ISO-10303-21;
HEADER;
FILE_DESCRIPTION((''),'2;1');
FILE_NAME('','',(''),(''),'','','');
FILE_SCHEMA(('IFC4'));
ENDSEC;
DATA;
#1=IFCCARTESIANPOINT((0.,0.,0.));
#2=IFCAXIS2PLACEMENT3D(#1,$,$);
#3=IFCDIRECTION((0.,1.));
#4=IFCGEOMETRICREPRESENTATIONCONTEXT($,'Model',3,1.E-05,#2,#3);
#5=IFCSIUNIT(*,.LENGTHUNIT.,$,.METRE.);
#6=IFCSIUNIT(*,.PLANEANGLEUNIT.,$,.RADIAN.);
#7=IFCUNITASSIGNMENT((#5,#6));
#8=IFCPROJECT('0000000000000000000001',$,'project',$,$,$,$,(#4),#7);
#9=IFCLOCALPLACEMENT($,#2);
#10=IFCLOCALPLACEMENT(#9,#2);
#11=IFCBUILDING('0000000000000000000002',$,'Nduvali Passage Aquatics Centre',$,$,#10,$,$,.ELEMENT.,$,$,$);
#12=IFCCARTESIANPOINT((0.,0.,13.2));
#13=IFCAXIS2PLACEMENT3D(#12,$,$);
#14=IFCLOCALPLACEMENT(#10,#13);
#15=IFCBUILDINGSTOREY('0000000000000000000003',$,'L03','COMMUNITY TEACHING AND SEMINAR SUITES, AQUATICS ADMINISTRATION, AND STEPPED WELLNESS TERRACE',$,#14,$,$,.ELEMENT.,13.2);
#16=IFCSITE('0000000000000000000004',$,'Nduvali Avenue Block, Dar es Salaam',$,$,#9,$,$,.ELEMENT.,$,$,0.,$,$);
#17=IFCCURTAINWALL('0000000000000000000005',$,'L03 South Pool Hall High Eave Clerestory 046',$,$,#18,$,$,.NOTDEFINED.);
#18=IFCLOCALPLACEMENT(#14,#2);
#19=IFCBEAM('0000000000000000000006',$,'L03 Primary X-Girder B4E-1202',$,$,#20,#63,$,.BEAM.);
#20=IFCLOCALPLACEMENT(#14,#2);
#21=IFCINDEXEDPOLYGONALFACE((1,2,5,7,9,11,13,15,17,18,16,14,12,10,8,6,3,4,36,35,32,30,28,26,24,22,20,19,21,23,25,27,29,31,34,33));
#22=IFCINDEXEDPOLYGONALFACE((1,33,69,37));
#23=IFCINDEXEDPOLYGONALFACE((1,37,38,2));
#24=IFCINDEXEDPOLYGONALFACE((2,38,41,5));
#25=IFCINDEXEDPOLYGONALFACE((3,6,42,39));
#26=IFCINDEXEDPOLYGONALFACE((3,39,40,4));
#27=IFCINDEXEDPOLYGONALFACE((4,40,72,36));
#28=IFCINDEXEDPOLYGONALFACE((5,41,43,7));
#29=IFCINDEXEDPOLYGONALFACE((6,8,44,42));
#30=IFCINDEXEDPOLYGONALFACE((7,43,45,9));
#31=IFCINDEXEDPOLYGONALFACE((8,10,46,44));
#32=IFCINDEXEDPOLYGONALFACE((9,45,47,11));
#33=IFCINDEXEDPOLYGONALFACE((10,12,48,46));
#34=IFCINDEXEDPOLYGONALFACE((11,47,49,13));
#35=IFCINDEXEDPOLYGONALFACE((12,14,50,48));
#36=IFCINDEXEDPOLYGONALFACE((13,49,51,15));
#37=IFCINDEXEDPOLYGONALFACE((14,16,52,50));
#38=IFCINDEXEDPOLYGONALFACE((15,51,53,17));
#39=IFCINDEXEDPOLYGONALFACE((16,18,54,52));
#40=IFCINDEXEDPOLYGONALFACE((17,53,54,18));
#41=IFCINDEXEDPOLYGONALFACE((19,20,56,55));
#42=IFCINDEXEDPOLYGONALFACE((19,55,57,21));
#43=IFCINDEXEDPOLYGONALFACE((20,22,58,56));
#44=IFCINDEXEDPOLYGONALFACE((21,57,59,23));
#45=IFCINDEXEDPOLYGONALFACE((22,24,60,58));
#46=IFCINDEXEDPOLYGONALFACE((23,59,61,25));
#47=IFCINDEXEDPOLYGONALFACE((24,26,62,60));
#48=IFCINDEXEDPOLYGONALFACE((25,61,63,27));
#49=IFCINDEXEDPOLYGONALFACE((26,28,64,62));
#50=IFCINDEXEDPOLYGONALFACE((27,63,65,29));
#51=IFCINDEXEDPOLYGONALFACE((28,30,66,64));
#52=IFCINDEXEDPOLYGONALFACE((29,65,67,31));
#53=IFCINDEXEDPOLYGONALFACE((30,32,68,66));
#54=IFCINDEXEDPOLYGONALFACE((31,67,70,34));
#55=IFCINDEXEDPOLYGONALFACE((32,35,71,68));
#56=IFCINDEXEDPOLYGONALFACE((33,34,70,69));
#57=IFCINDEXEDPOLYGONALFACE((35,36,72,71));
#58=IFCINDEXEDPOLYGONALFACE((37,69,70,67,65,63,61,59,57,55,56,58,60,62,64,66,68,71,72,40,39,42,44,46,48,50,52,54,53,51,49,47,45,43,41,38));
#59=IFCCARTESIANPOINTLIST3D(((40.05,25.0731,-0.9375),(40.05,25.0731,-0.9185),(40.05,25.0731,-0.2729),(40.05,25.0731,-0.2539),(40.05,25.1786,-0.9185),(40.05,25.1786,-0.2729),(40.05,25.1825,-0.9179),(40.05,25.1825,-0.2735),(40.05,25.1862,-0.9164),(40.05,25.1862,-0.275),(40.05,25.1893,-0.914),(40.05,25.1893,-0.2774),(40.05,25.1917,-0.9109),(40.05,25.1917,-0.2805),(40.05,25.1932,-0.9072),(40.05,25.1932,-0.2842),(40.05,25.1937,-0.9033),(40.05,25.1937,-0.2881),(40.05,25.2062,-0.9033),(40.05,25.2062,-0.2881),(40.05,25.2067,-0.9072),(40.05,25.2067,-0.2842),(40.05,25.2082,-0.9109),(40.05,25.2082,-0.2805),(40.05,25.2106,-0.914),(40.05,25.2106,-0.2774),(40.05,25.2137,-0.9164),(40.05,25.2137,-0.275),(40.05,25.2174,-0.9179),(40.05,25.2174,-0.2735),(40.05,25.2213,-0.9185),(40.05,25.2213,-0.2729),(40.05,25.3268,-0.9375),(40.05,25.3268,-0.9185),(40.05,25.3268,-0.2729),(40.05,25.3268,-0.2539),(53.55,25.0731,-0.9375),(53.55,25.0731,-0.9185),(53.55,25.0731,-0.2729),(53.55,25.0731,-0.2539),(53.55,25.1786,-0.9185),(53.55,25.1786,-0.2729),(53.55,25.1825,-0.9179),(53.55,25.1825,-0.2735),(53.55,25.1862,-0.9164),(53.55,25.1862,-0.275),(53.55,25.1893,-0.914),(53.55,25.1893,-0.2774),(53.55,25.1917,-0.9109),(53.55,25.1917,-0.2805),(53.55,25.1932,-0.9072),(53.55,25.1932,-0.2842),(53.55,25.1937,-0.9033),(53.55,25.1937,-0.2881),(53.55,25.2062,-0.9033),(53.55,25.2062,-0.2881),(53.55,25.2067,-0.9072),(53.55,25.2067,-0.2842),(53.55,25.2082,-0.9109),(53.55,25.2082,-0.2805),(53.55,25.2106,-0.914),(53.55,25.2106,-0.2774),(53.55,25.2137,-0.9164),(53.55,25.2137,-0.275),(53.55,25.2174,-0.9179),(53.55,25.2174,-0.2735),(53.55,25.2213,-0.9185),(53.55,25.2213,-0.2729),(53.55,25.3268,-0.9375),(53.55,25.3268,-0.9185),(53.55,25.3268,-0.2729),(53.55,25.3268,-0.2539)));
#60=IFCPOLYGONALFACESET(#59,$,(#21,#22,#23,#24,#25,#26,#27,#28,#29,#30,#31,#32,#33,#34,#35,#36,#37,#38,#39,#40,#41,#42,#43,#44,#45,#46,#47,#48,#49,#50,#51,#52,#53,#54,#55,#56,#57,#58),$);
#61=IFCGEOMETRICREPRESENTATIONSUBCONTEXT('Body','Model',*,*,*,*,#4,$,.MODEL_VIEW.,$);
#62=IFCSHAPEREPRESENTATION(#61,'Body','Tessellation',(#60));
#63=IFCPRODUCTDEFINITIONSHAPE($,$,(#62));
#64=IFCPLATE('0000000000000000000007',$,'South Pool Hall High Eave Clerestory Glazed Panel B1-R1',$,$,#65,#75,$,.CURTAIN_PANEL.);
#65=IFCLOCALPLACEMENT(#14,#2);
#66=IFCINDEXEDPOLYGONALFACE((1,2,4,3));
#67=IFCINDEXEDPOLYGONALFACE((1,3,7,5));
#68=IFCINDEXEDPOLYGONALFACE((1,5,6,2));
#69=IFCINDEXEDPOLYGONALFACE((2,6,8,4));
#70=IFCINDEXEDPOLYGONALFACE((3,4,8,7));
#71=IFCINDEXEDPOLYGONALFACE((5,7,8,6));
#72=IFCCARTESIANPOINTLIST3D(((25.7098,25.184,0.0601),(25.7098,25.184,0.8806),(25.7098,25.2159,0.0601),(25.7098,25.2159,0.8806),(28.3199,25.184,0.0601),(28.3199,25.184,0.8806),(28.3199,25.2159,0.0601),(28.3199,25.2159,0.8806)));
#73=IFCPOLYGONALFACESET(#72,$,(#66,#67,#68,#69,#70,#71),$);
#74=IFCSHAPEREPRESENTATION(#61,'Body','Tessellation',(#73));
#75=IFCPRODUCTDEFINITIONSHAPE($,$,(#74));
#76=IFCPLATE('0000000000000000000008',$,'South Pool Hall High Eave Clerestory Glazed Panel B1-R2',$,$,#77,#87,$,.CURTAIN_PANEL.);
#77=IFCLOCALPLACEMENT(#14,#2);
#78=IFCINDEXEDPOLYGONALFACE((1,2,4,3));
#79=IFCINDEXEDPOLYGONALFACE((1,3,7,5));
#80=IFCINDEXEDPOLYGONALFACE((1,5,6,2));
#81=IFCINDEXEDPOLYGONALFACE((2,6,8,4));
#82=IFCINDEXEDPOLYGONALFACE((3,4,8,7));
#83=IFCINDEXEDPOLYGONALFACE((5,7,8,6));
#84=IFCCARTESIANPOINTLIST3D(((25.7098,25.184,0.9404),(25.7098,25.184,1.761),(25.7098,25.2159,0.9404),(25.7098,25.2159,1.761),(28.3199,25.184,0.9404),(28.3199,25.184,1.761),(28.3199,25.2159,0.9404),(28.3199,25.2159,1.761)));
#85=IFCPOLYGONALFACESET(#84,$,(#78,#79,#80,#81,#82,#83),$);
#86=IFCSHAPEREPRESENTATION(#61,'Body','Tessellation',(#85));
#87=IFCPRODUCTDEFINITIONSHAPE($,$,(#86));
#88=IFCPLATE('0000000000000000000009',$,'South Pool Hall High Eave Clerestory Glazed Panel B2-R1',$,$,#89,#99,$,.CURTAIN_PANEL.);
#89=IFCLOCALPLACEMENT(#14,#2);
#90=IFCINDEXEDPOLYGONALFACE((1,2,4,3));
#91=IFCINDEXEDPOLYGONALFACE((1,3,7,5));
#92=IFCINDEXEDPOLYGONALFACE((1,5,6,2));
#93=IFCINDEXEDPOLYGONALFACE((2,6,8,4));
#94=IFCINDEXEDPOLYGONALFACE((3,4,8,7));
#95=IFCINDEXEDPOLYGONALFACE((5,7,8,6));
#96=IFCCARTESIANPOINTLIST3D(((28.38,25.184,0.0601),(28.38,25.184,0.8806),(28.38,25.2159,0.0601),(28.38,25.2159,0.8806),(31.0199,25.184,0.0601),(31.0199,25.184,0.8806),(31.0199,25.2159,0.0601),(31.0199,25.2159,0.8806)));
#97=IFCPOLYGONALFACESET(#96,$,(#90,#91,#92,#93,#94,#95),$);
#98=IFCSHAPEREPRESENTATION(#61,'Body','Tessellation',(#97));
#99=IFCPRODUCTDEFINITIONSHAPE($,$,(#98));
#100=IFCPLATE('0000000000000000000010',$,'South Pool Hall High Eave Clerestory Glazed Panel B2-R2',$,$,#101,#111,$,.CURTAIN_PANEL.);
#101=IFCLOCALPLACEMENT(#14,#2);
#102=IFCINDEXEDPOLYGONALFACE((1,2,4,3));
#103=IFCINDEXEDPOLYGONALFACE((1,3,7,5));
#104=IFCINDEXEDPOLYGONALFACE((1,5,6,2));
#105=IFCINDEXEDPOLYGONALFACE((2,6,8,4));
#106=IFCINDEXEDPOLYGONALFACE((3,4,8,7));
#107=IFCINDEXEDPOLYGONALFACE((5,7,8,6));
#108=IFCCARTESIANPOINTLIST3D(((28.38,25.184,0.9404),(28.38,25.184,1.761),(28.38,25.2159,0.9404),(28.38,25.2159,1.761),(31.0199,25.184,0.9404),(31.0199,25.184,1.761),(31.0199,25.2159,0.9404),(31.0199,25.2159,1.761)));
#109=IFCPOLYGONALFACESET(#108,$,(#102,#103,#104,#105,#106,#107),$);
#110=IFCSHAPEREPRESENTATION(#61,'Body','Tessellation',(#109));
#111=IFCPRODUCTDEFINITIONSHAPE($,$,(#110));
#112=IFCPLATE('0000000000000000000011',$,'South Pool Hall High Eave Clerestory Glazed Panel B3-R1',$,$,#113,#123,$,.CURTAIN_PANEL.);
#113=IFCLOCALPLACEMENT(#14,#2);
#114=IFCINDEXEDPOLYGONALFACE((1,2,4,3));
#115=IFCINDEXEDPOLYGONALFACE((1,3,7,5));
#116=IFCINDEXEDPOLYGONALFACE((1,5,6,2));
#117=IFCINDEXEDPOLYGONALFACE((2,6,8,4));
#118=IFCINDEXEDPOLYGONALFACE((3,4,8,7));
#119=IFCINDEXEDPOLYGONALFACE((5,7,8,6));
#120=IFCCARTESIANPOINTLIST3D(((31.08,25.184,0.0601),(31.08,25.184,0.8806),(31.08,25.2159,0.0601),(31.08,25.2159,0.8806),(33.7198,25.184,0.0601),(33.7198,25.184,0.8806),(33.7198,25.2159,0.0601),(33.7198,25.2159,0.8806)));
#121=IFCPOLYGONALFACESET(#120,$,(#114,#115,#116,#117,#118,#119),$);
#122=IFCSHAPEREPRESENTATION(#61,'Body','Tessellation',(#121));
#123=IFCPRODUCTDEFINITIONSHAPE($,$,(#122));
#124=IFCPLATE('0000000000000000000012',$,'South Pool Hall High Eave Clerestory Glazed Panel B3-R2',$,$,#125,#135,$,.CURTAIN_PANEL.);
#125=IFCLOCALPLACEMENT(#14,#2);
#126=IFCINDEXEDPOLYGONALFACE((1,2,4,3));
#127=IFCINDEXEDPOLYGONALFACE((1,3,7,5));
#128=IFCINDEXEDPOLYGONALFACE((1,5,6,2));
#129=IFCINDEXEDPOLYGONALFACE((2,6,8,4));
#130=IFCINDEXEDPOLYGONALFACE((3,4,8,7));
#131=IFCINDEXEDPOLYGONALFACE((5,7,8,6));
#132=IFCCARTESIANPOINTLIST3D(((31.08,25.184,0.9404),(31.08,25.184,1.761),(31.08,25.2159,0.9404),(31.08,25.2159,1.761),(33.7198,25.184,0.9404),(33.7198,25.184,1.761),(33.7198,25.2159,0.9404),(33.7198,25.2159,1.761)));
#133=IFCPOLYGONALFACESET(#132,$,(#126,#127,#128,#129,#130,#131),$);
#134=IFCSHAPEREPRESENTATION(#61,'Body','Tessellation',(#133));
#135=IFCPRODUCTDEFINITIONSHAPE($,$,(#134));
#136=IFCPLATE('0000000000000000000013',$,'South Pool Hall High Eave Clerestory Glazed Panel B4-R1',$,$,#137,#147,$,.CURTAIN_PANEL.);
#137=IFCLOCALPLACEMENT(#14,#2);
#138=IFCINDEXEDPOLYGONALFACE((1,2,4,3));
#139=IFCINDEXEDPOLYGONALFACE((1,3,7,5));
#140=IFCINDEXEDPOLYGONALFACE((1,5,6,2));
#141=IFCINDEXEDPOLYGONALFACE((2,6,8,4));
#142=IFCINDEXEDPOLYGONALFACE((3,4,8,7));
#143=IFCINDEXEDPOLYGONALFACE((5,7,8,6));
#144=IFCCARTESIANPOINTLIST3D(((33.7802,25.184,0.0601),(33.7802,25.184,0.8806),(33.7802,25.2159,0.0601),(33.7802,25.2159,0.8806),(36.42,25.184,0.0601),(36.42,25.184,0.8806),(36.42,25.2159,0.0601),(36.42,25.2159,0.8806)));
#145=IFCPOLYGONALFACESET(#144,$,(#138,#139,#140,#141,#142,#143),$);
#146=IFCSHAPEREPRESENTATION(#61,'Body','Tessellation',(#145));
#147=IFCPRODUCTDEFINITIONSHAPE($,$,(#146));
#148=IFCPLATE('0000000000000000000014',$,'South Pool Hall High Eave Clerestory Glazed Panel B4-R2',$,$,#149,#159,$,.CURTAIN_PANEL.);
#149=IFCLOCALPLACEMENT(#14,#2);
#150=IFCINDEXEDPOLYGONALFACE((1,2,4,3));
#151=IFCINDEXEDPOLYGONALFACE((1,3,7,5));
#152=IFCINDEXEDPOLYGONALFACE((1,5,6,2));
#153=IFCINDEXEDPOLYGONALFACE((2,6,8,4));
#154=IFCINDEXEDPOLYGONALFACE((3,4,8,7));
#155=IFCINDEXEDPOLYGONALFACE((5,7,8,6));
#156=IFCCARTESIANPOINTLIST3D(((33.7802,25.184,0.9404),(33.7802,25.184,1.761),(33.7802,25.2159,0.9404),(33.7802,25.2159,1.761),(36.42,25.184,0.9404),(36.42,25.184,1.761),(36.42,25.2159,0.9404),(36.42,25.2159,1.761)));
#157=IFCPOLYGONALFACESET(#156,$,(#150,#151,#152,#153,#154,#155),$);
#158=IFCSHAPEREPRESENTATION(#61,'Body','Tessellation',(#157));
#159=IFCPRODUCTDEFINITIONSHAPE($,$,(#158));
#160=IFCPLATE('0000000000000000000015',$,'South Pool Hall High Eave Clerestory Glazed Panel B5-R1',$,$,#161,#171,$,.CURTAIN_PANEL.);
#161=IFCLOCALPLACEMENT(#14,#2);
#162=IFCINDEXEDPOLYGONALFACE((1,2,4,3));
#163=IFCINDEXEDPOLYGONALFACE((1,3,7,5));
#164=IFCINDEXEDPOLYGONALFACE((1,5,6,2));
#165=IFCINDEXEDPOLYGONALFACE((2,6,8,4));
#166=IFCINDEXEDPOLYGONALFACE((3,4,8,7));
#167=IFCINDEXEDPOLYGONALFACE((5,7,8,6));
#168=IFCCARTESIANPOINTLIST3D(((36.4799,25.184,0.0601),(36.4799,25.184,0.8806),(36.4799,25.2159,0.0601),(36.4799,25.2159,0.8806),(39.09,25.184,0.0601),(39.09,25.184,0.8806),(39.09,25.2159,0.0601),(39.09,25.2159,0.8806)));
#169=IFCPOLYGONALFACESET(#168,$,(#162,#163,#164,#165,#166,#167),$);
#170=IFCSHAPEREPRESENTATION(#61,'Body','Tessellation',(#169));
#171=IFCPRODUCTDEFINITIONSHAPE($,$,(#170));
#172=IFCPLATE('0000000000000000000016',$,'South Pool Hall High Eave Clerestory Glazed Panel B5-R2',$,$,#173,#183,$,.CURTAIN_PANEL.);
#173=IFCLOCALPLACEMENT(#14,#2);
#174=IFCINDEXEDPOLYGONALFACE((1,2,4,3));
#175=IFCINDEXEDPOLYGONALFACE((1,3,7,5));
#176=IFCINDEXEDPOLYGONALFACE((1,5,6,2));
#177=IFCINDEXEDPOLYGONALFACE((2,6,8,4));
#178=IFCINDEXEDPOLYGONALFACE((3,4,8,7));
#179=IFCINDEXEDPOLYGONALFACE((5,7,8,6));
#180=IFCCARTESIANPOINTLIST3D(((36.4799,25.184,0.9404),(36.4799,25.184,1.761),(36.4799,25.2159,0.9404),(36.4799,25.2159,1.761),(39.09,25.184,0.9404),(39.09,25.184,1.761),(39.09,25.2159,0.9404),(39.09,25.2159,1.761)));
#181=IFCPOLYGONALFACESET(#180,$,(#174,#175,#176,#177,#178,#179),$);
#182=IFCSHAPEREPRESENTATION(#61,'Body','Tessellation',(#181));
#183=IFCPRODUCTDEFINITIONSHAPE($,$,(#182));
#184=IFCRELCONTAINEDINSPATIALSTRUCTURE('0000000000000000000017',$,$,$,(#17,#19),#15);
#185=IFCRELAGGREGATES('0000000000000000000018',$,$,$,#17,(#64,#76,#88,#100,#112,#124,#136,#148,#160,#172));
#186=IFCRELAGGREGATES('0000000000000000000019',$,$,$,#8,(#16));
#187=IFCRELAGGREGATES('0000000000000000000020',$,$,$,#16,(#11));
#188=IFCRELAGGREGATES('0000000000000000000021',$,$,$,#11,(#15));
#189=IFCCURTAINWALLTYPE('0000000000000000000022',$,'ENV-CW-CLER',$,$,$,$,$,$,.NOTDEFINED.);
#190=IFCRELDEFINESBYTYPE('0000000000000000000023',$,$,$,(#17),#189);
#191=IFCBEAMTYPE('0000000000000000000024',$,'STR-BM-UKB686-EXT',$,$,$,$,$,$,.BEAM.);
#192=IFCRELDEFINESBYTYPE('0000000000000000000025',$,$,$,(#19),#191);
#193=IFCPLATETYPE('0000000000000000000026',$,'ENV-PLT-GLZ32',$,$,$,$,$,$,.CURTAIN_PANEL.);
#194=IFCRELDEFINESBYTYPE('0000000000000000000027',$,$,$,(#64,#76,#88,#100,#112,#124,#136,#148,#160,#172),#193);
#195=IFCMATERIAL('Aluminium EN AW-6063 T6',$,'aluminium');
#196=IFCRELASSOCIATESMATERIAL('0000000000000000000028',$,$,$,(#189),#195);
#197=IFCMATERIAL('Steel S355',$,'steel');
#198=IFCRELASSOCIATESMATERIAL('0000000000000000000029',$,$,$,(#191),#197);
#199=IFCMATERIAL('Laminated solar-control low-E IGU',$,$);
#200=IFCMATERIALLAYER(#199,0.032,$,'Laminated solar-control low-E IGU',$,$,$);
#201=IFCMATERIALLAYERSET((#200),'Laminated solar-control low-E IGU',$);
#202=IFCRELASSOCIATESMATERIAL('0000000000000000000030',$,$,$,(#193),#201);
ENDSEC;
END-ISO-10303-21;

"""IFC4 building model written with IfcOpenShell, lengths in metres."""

from ifc_helpers import new_model, si_unit, direction, frame, origin, origin_2d, place, context, subcontext, project, spatial, rectangle, i_section, extrude, material, layer, layer_set, material_profile, profile_set, type_object, element, aggregate, save


model = new_model("IFC4")

# Units and contexts
model_context = context("Model", 3, precision=1e-05, world=origin(), true_north=direction((0.0, 1.0)))
body_context = subcontext(model_context, "Body", "Model", "MODEL_VIEW")
ifc_project = project(units=[si_unit("LENGTHUNIT", "METRE"), si_unit("PLANEANGLEUNIT", "RADIAN")], contexts=[model_context])

# Site, building, storey
site_placement = place(None, origin())
site = spatial("IfcSite", under=ifc_project, at=site_placement, Name="Nduvali Avenue Block, Dar es Salaam", CompositionType="ELEMENT", RefElevation=0.0)
building_placement = place(site_placement, origin())
building = spatial("IfcBuilding", under=site, at=building_placement, Name="Nduvali Passage Aquatics Centre", CompositionType="ELEMENT")
storey_placement = place(building_placement, frame((0.0, 0.0, 13.2)))
storey = spatial("IfcBuildingStorey", under=building, at=storey_placement, Name="L03", Description="COMMUNITY TEACHING AND SEMINAR SUITES, AQUATICS ADMINISTRATION, AND STEPPED WELLNESS TERRACE", CompositionType="ELEMENT", Elevation=13.2)

# Curtain wall
ifc_material_1 = material(Name="Aluminium EN AW-6063 T6", Category="aluminium")
curtain_wall_type = type_object("IfcCurtainWallType", Name="ENV-CW-CLER", PredefinedType="NOTDEFINED", material=ifc_material_1)
curtain_wall_placement = place(storey_placement, origin())
curtain_wall = element("IfcCurtainWall", 1, at=curtain_wall_placement, inside=storey, type_object=curtain_wall_type, Name="L03 South Pool Hall High Eave Clerestory 046", PredefinedType="NOTDEFINED")

# Beam
ifc_material_2 = material(Name="Steel S355", Category="steel")
ifc_material_profile_1 = material_profile(ifc_material_2, i_section(OverallWidth=0.2537, OverallDepth=0.6836, WebThickness=0.0125, FlangeThickness=0.019, FilletRadius=0.0151, at=origin_2d()), Name="UKB 686x254x140")
ifc_profile_set_1 = profile_set([ifc_material_profile_1], Name="Steel S355")
beam_type = type_object("IfcBeamType", Name="STR-BM-UKB686-EXT", PredefinedType="BEAM", material=ifc_profile_set_1)
beam_placement = place(storey_placement, frame((40.05, 25.2, -0.5957), z_axis=(1.0, 0.0, 0.0), x_axis=(0.0, 1.0, 0.0)))
element("IfcBeam", 2, at=beam_placement, inside=storey, type_object=beam_type, Name="L03 Primary X-Girder B4E-1202", PredefinedType="BEAM", context=body_context, shape_type="SweptSolid", body=[
    extrude(i_section(OverallWidth=0.2537, OverallDepth=0.6836, WebThickness=0.0125, FlangeThickness=0.019, FilletRadius=0.0151, at=origin_2d()), origin(), (0.0, 0.0, 1.0), 13.5),
])

# Plates
ifc_material_3 = material(Name="Laminated solar-control low-E IGU")
ifc_layer = layer(ifc_material_3, 0.032, Name="Laminated solar-control low-E IGU")
ifc_layer_set = layer_set([ifc_layer], Name="Laminated solar-control low-E IGU")
plate_type = type_object("IfcPlateType", Name="ENV-PLT-GLZ32", PredefinedType="CURTAIN_PANEL", material=ifc_layer_set)
plate_1_placement = place(storey_placement, frame((27.0149, 25.2, 0.0601), z_axis=(0.0, 0.0, 1.0), x_axis=(1.0, 0.0, 0.0)))
plate_1 = element("IfcPlate", 3, at=plate_1_placement, type_object=plate_type, Name="South Pool Hall High Eave Clerestory Glazed Panel B1-R1", PredefinedType="CURTAIN_PANEL", context=body_context, shape_type="SweptSolid", body=[
    extrude(rectangle(XDim=2.6101, YDim=0.032, at=origin_2d()), origin(), (0.0, 0.0, 1.0), 0.8206),
])
plate_2_placement = place(storey_placement, frame((27.0149, 25.2, 0.9404), z_axis=(0.0, 0.0, 1.0), x_axis=(1.0, 0.0, 0.0)))
plate_2 = element("IfcPlate", 4, at=plate_2_placement, type_object=plate_type, Name="South Pool Hall High Eave Clerestory Glazed Panel B1-R2", PredefinedType="CURTAIN_PANEL", context=body_context, shape_type="SweptSolid", body=[
    extrude(rectangle(XDim=2.6101, YDim=0.032, at=origin_2d()), origin(), (0.0, 0.0, 1.0), 0.8206),
])
plate_3_placement = place(storey_placement, frame((29.7, 25.2, 0.0601), z_axis=(0.0, 0.0, 1.0), x_axis=(1.0, 0.0, 0.0)))
plate_3 = element("IfcPlate", 5, at=plate_3_placement, type_object=plate_type, Name="South Pool Hall High Eave Clerestory Glazed Panel B2-R1", PredefinedType="CURTAIN_PANEL", context=body_context, shape_type="SweptSolid", body=[
    extrude(rectangle(XDim=2.6399, YDim=0.032, at=origin_2d()), origin(), (0.0, 0.0, 1.0), 0.8206),
])
plate_4_placement = place(storey_placement, frame((29.7, 25.2, 0.9404), z_axis=(0.0, 0.0, 1.0), x_axis=(1.0, 0.0, 0.0)))
plate_4 = element("IfcPlate", 6, at=plate_4_placement, type_object=plate_type, Name="South Pool Hall High Eave Clerestory Glazed Panel B2-R2", PredefinedType="CURTAIN_PANEL", context=body_context, shape_type="SweptSolid", body=[
    extrude(rectangle(XDim=2.6399, YDim=0.032, at=origin_2d()), origin(), (0.0, 0.0, 1.0), 0.8206),
])
plate_5_placement = place(storey_placement, frame((32.3999, 25.2, 0.0601), z_axis=(0.0, 0.0, 1.0), x_axis=(1.0, 0.0, 0.0)))
plate_5 = element("IfcPlate", 7, at=plate_5_placement, type_object=plate_type, Name="South Pool Hall High Eave Clerestory Glazed Panel B3-R1", PredefinedType="CURTAIN_PANEL", context=body_context, shape_type="SweptSolid", body=[
    extrude(rectangle(XDim=2.6399, YDim=0.032, at=origin_2d()), origin(), (0.0, 0.0, 1.0), 0.8206),
])
plate_6_placement = place(storey_placement, frame((32.3999, 25.2, 0.9404), z_axis=(0.0, 0.0, 1.0), x_axis=(1.0, 0.0, 0.0)))
plate_6 = element("IfcPlate", 8, at=plate_6_placement, type_object=plate_type, Name="South Pool Hall High Eave Clerestory Glazed Panel B3-R2", PredefinedType="CURTAIN_PANEL", context=body_context, shape_type="SweptSolid", body=[
    extrude(rectangle(XDim=2.6399, YDim=0.032, at=origin_2d()), origin(), (0.0, 0.0, 1.0), 0.8206),
])
plate_7_placement = place(storey_placement, frame((35.1001, 25.2, 0.0601), z_axis=(0.0, 0.0, 1.0), x_axis=(1.0, 0.0, 0.0)))
plate_7 = element("IfcPlate", 9, at=plate_7_placement, type_object=plate_type, Name="South Pool Hall High Eave Clerestory Glazed Panel B4-R1", PredefinedType="CURTAIN_PANEL", context=body_context, shape_type="SweptSolid", body=[
    extrude(rectangle(XDim=2.6399, YDim=0.032, at=origin_2d()), origin(), (0.0, 0.0, 1.0), 0.8206),
])
plate_8_placement = place(storey_placement, frame((35.1001, 25.2, 0.9404), z_axis=(0.0, 0.0, 1.0), x_axis=(1.0, 0.0, 0.0)))
plate_8 = element("IfcPlate", 10, at=plate_8_placement, type_object=plate_type, Name="South Pool Hall High Eave Clerestory Glazed Panel B4-R2", PredefinedType="CURTAIN_PANEL", context=body_context, shape_type="SweptSolid", body=[
    extrude(rectangle(XDim=2.6399, YDim=0.032, at=origin_2d()), origin(), (0.0, 0.0, 1.0), 0.8206),
])
plate_9_placement = place(storey_placement, frame((37.7849, 25.2, 0.0601), z_axis=(0.0, 0.0, 1.0), x_axis=(1.0, 0.0, 0.0)))
plate_9 = element("IfcPlate", 11, at=plate_9_placement, type_object=plate_type, Name="South Pool Hall High Eave Clerestory Glazed Panel B5-R1", PredefinedType="CURTAIN_PANEL", context=body_context, shape_type="SweptSolid", body=[
    extrude(rectangle(XDim=2.6101, YDim=0.032, at=origin_2d()), origin(), (0.0, 0.0, 1.0), 0.8206),
])
plate_10_placement = place(storey_placement, frame((37.7849, 25.2, 0.9404), z_axis=(0.0, 0.0, 1.0), x_axis=(1.0, 0.0, 0.0)))
plate_10 = element("IfcPlate", 12, at=plate_10_placement, type_object=plate_type, Name="South Pool Hall High Eave Clerestory Glazed Panel B5-R2", PredefinedType="CURTAIN_PANEL", context=body_context, shape_type="SweptSolid", body=[
    extrude(rectangle(XDim=2.6101, YDim=0.032, at=origin_2d()), origin(), (0.0, 0.0, 1.0), 0.8206),
])
aggregate(curtain_wall, [plate_1, plate_2, plate_3, plate_4, plate_5, plate_6, plate_7, plate_8, plate_9, plate_10])

save(model, "model.ifc")
